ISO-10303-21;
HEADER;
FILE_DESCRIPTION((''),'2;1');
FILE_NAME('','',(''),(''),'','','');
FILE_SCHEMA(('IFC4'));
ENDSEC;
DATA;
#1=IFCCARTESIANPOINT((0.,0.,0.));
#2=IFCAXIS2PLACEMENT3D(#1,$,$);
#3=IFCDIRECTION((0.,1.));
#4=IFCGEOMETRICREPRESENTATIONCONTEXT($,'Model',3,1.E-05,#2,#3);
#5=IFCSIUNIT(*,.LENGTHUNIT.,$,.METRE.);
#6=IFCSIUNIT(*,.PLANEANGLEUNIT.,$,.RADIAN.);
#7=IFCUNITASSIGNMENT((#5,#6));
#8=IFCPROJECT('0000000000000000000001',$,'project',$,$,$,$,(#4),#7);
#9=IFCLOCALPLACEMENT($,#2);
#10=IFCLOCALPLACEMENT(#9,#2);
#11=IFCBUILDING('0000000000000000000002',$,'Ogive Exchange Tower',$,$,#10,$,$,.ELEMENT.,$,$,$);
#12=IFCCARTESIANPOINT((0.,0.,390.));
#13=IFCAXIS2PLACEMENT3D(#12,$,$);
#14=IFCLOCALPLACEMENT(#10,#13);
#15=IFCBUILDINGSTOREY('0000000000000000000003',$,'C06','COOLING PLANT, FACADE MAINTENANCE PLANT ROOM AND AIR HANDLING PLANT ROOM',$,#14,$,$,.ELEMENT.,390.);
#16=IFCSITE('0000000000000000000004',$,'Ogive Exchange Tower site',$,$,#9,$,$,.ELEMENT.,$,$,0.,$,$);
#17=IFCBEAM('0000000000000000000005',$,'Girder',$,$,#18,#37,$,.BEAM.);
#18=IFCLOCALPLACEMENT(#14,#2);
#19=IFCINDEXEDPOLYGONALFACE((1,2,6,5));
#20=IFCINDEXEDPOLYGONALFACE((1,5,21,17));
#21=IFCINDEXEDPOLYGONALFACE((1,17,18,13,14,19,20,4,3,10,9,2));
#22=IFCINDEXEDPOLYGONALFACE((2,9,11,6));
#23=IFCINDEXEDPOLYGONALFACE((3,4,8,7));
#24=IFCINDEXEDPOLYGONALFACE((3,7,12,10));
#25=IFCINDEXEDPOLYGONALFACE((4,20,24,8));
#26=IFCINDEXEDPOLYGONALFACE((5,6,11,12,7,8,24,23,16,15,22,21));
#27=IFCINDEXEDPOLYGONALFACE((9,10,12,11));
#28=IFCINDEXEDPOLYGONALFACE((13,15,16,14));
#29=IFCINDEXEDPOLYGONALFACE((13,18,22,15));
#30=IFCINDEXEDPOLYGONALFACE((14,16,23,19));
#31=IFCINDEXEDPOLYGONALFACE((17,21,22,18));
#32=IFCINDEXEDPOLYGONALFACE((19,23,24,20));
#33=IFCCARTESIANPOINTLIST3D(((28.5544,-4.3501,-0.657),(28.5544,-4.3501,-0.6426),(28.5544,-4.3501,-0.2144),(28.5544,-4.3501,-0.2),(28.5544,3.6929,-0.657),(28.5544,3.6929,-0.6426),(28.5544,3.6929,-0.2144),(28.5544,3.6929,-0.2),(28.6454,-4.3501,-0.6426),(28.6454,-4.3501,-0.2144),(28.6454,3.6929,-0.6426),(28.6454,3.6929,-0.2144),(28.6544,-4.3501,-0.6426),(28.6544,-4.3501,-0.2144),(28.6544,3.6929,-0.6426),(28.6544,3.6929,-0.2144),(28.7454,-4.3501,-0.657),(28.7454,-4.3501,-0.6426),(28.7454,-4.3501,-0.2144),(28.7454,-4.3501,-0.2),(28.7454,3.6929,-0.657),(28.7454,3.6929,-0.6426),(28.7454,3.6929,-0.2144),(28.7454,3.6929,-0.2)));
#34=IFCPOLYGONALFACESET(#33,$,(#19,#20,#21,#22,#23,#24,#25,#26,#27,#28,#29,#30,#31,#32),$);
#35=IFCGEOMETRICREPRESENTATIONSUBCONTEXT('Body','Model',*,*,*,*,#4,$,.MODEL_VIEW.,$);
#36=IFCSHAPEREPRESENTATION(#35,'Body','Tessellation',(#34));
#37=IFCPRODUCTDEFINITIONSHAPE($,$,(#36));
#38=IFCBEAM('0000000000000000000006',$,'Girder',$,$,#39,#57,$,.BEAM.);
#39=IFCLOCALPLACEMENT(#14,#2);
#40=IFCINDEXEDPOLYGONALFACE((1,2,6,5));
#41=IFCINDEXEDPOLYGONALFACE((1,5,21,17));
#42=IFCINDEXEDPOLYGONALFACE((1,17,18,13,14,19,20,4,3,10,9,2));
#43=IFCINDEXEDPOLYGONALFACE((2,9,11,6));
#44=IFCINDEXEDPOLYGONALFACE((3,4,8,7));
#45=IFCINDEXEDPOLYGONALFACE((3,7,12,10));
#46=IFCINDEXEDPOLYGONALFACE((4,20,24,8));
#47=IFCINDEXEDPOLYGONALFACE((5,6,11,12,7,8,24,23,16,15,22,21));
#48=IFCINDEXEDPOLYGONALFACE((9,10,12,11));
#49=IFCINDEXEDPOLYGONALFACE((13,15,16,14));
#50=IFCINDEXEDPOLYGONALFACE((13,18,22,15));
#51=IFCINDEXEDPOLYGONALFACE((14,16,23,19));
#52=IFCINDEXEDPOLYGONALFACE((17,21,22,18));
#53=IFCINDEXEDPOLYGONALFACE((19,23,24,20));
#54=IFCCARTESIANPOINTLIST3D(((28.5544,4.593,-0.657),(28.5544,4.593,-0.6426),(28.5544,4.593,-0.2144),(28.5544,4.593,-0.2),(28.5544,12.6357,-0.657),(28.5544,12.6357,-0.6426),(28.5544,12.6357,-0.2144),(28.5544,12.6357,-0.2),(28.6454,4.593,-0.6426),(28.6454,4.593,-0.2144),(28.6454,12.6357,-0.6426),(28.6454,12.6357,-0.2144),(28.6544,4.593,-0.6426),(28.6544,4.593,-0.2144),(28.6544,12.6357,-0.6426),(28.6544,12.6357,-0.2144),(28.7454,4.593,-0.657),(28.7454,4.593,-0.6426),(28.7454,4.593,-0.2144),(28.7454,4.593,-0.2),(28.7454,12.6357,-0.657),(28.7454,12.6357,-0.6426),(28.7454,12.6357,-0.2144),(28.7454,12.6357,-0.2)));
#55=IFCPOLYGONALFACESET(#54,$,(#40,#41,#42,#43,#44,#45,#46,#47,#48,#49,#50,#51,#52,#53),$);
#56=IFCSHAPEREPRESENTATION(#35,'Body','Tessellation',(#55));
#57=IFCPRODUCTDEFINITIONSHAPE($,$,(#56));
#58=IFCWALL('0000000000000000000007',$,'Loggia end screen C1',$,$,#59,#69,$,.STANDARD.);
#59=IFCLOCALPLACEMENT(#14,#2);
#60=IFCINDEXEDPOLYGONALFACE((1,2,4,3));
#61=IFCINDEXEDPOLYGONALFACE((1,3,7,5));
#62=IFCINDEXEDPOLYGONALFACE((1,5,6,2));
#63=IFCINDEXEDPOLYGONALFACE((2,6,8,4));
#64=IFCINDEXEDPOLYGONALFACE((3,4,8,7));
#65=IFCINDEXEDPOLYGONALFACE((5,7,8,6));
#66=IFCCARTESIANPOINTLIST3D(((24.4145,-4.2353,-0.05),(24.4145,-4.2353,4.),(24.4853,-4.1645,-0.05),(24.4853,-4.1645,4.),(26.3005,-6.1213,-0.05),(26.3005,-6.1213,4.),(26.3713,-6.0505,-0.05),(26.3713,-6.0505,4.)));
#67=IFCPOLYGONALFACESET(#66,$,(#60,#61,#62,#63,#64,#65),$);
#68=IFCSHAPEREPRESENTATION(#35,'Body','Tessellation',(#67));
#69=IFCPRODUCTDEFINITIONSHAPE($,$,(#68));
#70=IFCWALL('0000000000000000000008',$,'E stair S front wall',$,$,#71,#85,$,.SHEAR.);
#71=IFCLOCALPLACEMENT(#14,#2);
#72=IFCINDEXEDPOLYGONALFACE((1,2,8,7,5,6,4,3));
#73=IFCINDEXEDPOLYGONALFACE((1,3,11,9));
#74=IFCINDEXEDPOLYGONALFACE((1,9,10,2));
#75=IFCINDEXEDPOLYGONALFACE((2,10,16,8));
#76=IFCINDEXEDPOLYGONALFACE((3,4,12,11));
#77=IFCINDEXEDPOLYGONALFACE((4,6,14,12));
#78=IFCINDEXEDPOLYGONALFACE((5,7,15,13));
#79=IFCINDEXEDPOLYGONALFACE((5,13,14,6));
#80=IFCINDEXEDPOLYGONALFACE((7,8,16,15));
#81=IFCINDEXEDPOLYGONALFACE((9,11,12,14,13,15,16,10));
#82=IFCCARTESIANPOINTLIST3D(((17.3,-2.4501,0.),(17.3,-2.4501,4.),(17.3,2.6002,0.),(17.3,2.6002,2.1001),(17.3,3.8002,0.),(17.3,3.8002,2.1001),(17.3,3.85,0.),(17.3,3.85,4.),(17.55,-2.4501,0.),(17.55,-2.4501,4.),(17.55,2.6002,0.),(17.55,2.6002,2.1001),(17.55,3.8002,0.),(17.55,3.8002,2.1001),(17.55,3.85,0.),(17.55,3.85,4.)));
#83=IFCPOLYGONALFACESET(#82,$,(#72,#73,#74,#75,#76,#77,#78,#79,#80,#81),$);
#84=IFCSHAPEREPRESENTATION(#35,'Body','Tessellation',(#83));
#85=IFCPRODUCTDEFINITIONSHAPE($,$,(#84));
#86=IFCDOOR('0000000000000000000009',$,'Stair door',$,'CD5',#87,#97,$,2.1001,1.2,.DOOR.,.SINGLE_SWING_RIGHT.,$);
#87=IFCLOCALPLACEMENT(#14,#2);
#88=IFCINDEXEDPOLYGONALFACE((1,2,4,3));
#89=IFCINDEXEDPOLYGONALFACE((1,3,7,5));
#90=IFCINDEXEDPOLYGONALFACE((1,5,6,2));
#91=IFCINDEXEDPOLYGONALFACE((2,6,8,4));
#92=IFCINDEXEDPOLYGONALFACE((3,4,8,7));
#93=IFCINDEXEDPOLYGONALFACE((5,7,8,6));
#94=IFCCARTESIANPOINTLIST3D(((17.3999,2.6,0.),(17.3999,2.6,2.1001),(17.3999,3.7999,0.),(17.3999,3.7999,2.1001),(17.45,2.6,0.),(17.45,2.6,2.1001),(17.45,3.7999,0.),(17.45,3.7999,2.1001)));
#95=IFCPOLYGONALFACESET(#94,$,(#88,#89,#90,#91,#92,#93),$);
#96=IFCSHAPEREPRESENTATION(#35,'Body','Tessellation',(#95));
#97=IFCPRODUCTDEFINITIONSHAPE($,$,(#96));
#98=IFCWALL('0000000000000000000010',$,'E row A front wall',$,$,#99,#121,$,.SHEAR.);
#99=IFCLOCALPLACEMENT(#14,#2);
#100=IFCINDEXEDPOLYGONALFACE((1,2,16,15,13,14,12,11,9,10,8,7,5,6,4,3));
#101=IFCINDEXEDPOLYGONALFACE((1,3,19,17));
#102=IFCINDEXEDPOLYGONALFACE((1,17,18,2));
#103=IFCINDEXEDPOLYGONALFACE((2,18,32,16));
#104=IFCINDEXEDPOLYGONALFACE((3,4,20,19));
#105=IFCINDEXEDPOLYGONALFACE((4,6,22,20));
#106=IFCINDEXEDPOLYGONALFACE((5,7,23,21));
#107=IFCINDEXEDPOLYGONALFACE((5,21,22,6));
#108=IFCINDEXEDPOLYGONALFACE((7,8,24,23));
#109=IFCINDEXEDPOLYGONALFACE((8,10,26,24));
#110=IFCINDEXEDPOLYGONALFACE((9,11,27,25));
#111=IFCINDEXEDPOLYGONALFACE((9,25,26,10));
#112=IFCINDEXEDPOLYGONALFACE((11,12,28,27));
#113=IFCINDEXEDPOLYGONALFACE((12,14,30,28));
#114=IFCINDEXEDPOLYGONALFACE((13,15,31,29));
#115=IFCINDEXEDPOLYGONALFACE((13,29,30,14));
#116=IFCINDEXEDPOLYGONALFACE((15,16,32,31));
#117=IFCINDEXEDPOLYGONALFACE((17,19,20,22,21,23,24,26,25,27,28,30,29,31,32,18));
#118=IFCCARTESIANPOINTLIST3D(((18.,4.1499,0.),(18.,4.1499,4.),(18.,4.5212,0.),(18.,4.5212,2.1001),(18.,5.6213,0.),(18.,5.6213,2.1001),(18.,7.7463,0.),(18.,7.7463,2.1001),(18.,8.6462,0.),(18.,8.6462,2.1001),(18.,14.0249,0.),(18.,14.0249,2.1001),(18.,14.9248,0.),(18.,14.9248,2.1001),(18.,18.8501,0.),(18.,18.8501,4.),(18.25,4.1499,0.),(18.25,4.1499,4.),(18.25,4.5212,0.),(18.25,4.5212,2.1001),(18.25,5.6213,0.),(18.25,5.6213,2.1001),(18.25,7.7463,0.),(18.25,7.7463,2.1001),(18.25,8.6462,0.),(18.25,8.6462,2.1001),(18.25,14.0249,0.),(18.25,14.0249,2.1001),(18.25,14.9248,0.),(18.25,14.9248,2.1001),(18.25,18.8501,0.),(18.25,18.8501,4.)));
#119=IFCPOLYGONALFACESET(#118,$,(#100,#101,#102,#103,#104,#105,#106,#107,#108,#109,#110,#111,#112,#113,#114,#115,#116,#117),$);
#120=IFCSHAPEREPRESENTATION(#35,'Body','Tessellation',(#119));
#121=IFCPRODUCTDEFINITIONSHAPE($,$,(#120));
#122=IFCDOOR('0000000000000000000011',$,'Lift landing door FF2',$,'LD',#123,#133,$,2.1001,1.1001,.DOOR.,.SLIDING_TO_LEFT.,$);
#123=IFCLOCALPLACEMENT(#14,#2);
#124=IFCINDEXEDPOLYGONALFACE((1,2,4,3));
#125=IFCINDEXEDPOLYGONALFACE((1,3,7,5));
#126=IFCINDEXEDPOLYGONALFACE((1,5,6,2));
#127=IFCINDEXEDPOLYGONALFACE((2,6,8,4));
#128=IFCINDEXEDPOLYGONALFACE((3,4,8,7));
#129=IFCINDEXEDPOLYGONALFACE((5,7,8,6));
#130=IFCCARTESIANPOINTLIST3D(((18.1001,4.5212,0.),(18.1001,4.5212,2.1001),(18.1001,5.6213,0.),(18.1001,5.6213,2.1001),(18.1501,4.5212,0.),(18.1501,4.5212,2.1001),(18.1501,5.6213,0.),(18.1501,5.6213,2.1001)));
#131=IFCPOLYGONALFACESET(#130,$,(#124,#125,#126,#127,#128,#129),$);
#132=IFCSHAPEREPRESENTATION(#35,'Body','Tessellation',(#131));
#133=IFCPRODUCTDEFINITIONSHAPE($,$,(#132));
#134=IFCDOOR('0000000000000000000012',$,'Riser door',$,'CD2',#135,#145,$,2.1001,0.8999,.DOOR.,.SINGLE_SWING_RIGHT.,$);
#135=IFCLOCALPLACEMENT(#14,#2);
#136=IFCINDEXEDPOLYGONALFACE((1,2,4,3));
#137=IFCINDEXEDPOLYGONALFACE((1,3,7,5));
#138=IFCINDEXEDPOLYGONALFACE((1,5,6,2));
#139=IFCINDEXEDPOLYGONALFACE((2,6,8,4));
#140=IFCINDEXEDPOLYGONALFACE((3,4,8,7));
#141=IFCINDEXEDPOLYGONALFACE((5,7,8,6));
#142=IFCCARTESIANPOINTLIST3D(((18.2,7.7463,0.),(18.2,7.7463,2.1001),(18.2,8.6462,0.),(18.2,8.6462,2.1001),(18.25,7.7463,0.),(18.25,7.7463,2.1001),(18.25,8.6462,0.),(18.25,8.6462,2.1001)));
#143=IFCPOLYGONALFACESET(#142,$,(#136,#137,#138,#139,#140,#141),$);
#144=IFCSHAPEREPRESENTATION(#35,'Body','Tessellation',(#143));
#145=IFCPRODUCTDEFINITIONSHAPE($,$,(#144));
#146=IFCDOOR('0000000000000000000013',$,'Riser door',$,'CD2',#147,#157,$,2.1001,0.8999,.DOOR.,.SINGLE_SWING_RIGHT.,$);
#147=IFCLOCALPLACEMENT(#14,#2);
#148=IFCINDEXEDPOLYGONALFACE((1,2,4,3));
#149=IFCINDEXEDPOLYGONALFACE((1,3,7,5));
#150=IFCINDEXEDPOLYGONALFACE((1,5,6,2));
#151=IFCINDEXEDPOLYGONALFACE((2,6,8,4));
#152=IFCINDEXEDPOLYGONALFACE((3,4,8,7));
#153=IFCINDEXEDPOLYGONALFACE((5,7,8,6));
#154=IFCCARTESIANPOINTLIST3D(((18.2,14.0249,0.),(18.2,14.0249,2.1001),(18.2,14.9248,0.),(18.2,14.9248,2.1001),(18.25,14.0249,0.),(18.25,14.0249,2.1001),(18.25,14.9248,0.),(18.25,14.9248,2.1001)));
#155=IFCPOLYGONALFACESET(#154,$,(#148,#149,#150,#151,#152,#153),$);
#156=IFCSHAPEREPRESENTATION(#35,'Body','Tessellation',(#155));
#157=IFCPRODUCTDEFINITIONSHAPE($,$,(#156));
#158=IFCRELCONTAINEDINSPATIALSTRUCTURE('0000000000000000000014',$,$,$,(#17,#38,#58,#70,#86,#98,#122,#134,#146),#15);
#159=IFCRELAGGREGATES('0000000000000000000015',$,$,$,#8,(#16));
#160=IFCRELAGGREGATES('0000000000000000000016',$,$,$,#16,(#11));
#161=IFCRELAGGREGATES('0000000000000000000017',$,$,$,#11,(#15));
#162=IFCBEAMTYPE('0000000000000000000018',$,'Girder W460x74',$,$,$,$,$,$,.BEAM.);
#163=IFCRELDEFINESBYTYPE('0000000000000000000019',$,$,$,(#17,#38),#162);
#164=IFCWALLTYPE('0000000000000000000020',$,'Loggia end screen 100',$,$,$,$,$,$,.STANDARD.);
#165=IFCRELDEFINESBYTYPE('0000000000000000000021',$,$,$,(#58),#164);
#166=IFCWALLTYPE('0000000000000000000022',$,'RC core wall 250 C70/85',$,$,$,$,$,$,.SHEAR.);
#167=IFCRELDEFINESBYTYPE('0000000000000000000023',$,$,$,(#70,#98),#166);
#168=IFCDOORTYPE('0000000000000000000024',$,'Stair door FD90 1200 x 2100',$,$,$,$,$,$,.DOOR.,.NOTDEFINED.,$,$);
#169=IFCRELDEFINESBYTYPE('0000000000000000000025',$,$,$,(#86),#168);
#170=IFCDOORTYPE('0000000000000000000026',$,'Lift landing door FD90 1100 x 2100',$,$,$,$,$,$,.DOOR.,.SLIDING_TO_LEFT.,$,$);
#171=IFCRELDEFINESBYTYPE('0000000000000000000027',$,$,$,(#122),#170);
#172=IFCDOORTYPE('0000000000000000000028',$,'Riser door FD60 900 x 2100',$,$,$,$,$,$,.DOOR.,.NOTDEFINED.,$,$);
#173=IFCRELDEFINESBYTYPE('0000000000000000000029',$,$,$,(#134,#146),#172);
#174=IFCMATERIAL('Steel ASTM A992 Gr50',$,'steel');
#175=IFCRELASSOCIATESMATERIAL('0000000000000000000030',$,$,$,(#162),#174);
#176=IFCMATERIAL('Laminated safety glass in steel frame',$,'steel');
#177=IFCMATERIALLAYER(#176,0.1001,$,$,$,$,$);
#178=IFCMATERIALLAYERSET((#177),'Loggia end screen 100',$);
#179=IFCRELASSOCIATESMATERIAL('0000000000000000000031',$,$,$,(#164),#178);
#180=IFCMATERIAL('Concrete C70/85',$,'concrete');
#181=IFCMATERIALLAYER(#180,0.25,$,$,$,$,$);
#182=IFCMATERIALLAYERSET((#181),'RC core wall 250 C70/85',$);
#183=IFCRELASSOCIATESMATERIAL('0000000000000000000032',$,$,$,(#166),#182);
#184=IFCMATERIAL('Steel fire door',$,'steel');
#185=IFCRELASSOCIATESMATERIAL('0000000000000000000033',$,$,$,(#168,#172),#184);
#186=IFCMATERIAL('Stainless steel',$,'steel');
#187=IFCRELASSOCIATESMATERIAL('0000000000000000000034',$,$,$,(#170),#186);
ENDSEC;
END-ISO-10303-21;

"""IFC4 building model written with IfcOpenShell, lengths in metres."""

from ifc_helpers import new_model, si_unit, direction, frame, frame_2d, origin, origin_2d, place, context, subcontext, project, spatial, rectangle, i_section, extrude, material, layer, layer_set, material_profile, profile_set, type_object, element, fill, save


model = new_model("IFC4")

# Units and contexts
model_context = context("Model", 3, precision=1e-05, world=origin(), true_north=direction((0.0, 1.0)))
body_context = subcontext(model_context, "Body", "Model", "MODEL_VIEW")
ifc_project = project(units=[si_unit("LENGTHUNIT", "METRE"), si_unit("PLANEANGLEUNIT", "RADIAN")], contexts=[model_context])

# Site, building, storey
site_placement = place(None, origin())
site = spatial("IfcSite", under=ifc_project, at=site_placement, Name="Ogive Exchange Tower site", CompositionType="ELEMENT", RefElevation=0.0)
building_placement = place(site_placement, origin())
building = spatial("IfcBuilding", under=site, at=building_placement, Name="Ogive Exchange Tower", CompositionType="ELEMENT")
storey_placement = place(building_placement, frame((0.0, 0.0, 390.0)))
storey = spatial("IfcBuildingStorey", under=building, at=storey_placement, Name="C06", Description="COOLING PLANT, FACADE MAINTENANCE PLANT ROOM AND AIR HANDLING PLANT ROOM", CompositionType="ELEMENT", Elevation=390.0)

# Beams
ifc_material_1 = material(Name="Steel ASTM A992 Gr50", Category="steel")
ifc_material_profile_1 = material_profile(ifc_material_1, i_section(OverallWidth=0.1909, OverallDepth=0.457, WebThickness=0.009, FlangeThickness=0.0144, at=origin_2d()), Name="W460x74")
ifc_profile_set_1 = profile_set([ifc_material_profile_1], Name="Steel ASTM A992 Gr50")
beam_type_1 = type_object("IfcBeamType", Name="Girder W460x74", PredefinedType="BEAM", material=ifc_profile_set_1)
beam_1_placement = place(storey_placement, frame((28.6499, -4.3501, -0.4285), z_axis=(0.0, 1.0, 0.0), x_axis=(-1.0, 0.0, 0.0)))
element("IfcBeam", 1, at=beam_1_placement, inside=storey, type_object=beam_type_1, Name="Girder", PredefinedType="BEAM", context=body_context, shape_type="SweptSolid", body=[
    extrude(i_section(OverallWidth=0.1909, OverallDepth=0.457, WebThickness=0.009, FlangeThickness=0.0144, at=origin_2d()), origin(), (0.0, 0.0, 1.0), 8.043),
])
beam_2_placement = place(storey_placement, frame((28.6499, 4.593, -0.4285), z_axis=(0.0, 1.0, 0.0), x_axis=(-1.0, 0.0, 0.0)))
element("IfcBeam", 2, at=beam_2_placement, inside=storey, type_object=beam_type_1, Name="Girder", PredefinedType="BEAM", context=body_context, shape_type="SweptSolid", body=[
    extrude(i_section(OverallWidth=0.1909, OverallDepth=0.457, WebThickness=0.009, FlangeThickness=0.0144, at=origin_2d()), origin(), (0.0, 0.0, 1.0), 8.0427),
])

# Wall
ifc_material_2 = material(Name="Laminated safety glass in steel frame", Category="steel")
ifc_layer_1 = layer(ifc_material_2, 0.1001)
ifc_layer_set_1 = layer_set([ifc_layer_1], Name="Loggia end screen 100")
wall_type_1 = type_object("IfcWallType", Name="Loggia end screen 100", PredefinedType="STANDARD", material=ifc_layer_set_1)
wall_1_placement = place(storey_placement, frame((24.45, -4.2, -0.05), z_axis=(0.0, 0.0, 1.0), x_axis=(0.707107, -0.707107, 0.0)))
element("IfcWall", 3, at=wall_1_placement, inside=storey, type_object=wall_type_1, Name="Loggia end screen C1", PredefinedType="STANDARD", context=body_context, shape_type="SweptSolid", body=[
    extrude(rectangle(XDim=2.6672, YDim=0.1001, at=frame_2d((1.3335, 0.0))), origin(), (0.0, 0.0, 1.0), 4.05),
])

# Wall, opening, door
ifc_material_3 = material(Name="Concrete C70/85", Category="concrete")
ifc_layer_2 = layer(ifc_material_3, 0.25)
ifc_layer_set_2 = layer_set([ifc_layer_2], Name="RC core wall 250 C70/85")
wall_type_2 = type_object("IfcWallType", Name="RC core wall 250 C70/85", PredefinedType="SHEAR", material=ifc_layer_set_2)
wall_2_placement = place(storey_placement, frame((17.425, -2.45, 0.0), z_axis=(0.0, 0.0, 1.0), x_axis=(0.0, 1.0, 0.0)))
wall_2 = element("IfcWall", 4, at=wall_2_placement, inside=storey, type_object=wall_type_2, Name="E stair S front wall", PredefinedType="SHEAR", context=body_context, shape_type="SweptSolid", body=[
    extrude(rectangle(XDim=6.3, YDim=0.25, at=frame_2d((3.1499, 0.0))), origin(), (0.0, 0.0, 1.0), 4.0),
])
opening_1_placement = place(wall_2_placement, frame((5.05, 0.0, 0.0)))
opening_1 = element("IfcOpeningElement", 5, at=opening_1_placement, cuts=wall_2, PredefinedType="OPENING", context=body_context, shape_type="SweptSolid", body=[
    extrude(rectangle(XDim=1.2, YDim=2.1001, at=frame_2d((0.6001, 1.05))), frame((0.0, 0.135, 0.0), z_axis=(0.0, -1.0, 0.0), x_axis=(1.0, 0.0, 0.0)), (0.0, 0.0, 1.0), 0.27),
])
ifc_material_4 = material(Name="Steel fire door", Category="steel")
door_type_1 = type_object("IfcDoorType", Name="Stair door FD90 1200 x 2100", OperationType="NOTDEFINED", PredefinedType="DOOR", material=ifc_material_4)
door_1_placement = place(opening_1_placement, frame((1.2, 0.0, 0.0), z_axis=(0.0, 0.0, 1.0), x_axis=(-1.0, 0.0, 0.0)))
door_1 = element("IfcDoor", 6, at=door_1_placement, inside=storey, type_object=door_type_1, Name="Stair door", ObjectType="CD5", OperationType="SINGLE_SWING_RIGHT", OverallHeight=2.1001, OverallWidth=1.2, PredefinedType="DOOR", context=body_context, shape_type="SweptSolid", body=[
    extrude(rectangle(XDim=1.2, YDim=2.1001, at=frame_2d((0.6001, 1.05))), frame((0.0, 0.0249, 0.0), z_axis=(0.0, -1.0, 0.0), x_axis=(1.0, 0.0, 0.0)), (0.0, 0.0, 1.0), 0.05),
])
fill(opening_1, door_1)

# Wall, openings, doors
wall_3_placement = place(storey_placement, frame((18.125, 4.1499, 0.0), z_axis=(0.0, 0.0, 1.0), x_axis=(0.0, 1.0, 0.0)))
wall_3 = element("IfcWall", 7, at=wall_3_placement, inside=storey, type_object=wall_type_2, Name="E row A front wall", PredefinedType="SHEAR", context=body_context, shape_type="SweptSolid", body=[
    extrude(rectangle(XDim=14.7002, YDim=0.25, at=frame_2d((7.3501, 0.0))), origin(), (0.0, 0.0, 1.0), 4.0),
])
opening_2_placement = place(wall_3_placement, frame((3.5964, 0.0, 0.0)))
opening_2 = element("IfcOpeningElement", 8, at=opening_2_placement, cuts=wall_3, PredefinedType="OPENING", context=body_context, shape_type="SweptSolid", body=[
    extrude(rectangle(XDim=0.8999, YDim=2.1001, at=frame_2d((0.45, 1.05))), frame((0.0, 0.135, 0.0), z_axis=(0.0, -1.0, 0.0), x_axis=(1.0, 0.0, 0.0)), (0.0, 0.0, 1.0), 0.27),
])
opening_3_placement = place(wall_3_placement, frame((9.875, 0.0, 0.0)))
opening_3 = element("IfcOpeningElement", 9, at=opening_3_placement, cuts=wall_3, PredefinedType="OPENING", context=body_context, shape_type="SweptSolid", body=[
    extrude(rectangle(XDim=0.8999, YDim=2.1001, at=frame_2d((0.45, 1.05))), frame((0.0, 0.135, 0.0), z_axis=(0.0, -1.0, 0.0), x_axis=(1.0, 0.0, 0.0)), (0.0, 0.0, 1.0), 0.27),
])
opening_4_placement = place(wall_3_placement, frame((0.3713, 0.0, 0.0)))
opening_4 = element("IfcOpeningElement", 10, at=opening_4_placement, cuts=wall_3, PredefinedType="OPENING", context=body_context, shape_type="SweptSolid", body=[
    extrude(rectangle(XDim=1.1001, YDim=2.1001, at=frame_2d((0.55, 1.05))), frame((0.0, 0.135, 0.0), z_axis=(0.0, -1.0, 0.0), x_axis=(1.0, 0.0, 0.0)), (0.0, 0.0, 1.0), 0.27),
])
ifc_material_5 = material(Name="Stainless steel", Category="steel")
door_type_2 = type_object("IfcDoorType", Name="Lift landing door FD90 1100 x 2100", OperationType="SLIDING_TO_LEFT", PredefinedType="DOOR", material=ifc_material_5)
door_2_placement = place(opening_4_placement, origin())
door_2 = element("IfcDoor", 11, at=door_2_placement, inside=storey, type_object=door_type_2, Name="Lift landing door FF2", ObjectType="LD", OperationType="SLIDING_TO_LEFT", OverallHeight=2.1001, OverallWidth=1.1001, PredefinedType="DOOR", context=body_context, shape_type="SweptSolid", body=[
    extrude(rectangle(XDim=1.1001, YDim=2.1001, at=frame_2d((0.55, 1.05))), frame((0.0, 0.0249, 0.0), z_axis=(0.0, -1.0, 0.0), x_axis=(1.0, 0.0, 0.0)), (0.0, 0.0, 1.0), 0.05),
])
fill(opening_4, door_2)
door_type_3 = type_object("IfcDoorType", Name="Riser door FD60 900 x 2100", OperationType="NOTDEFINED", PredefinedType="DOOR", material=ifc_material_4)
door_3_placement = place(opening_2_placement, frame((0.8999, -0.2002, 0.0), z_axis=(0.0, 0.0, 1.0), x_axis=(-1.0, 0.0, 0.0)))
door_3 = element("IfcDoor", 12, at=door_3_placement, inside=storey, type_object=door_type_3, Name="Riser door", ObjectType="CD2", OperationType="SINGLE_SWING_RIGHT", OverallHeight=2.1001, OverallWidth=0.8999, PredefinedType="DOOR", context=body_context, shape_type="SweptSolid", body=[
    extrude(rectangle(XDim=0.8999, YDim=2.1001, at=frame_2d((0.45, 1.05))), frame((0.0, -0.0752, 0.0), z_axis=(0.0, -1.0, 0.0), x_axis=(1.0, 0.0, 0.0)), (0.0, 0.0, 1.0), 0.05),
])
fill(opening_2, door_3)
door_4_placement = place(opening_3_placement, frame((0.8999, -0.2002, 0.0), z_axis=(0.0, 0.0, 1.0), x_axis=(-1.0, 0.0, 0.0)))
door_4 = element("IfcDoor", 13, at=door_4_placement, inside=storey, type_object=door_type_3, Name="Riser door", ObjectType="CD2", OperationType="SINGLE_SWING_RIGHT", OverallHeight=2.1001, OverallWidth=0.8999, PredefinedType="DOOR", context=body_context, shape_type="SweptSolid", body=[
    extrude(rectangle(XDim=0.8999, YDim=2.1001, at=frame_2d((0.45, 1.05))), frame((0.0, -0.0752, 0.0), z_axis=(0.0, -1.0, 0.0), x_axis=(1.0, 0.0, 0.0)), (0.0, 0.0, 1.0), 0.05),
])
fill(opening_3, door_4)

save(model, "model.ifc")
